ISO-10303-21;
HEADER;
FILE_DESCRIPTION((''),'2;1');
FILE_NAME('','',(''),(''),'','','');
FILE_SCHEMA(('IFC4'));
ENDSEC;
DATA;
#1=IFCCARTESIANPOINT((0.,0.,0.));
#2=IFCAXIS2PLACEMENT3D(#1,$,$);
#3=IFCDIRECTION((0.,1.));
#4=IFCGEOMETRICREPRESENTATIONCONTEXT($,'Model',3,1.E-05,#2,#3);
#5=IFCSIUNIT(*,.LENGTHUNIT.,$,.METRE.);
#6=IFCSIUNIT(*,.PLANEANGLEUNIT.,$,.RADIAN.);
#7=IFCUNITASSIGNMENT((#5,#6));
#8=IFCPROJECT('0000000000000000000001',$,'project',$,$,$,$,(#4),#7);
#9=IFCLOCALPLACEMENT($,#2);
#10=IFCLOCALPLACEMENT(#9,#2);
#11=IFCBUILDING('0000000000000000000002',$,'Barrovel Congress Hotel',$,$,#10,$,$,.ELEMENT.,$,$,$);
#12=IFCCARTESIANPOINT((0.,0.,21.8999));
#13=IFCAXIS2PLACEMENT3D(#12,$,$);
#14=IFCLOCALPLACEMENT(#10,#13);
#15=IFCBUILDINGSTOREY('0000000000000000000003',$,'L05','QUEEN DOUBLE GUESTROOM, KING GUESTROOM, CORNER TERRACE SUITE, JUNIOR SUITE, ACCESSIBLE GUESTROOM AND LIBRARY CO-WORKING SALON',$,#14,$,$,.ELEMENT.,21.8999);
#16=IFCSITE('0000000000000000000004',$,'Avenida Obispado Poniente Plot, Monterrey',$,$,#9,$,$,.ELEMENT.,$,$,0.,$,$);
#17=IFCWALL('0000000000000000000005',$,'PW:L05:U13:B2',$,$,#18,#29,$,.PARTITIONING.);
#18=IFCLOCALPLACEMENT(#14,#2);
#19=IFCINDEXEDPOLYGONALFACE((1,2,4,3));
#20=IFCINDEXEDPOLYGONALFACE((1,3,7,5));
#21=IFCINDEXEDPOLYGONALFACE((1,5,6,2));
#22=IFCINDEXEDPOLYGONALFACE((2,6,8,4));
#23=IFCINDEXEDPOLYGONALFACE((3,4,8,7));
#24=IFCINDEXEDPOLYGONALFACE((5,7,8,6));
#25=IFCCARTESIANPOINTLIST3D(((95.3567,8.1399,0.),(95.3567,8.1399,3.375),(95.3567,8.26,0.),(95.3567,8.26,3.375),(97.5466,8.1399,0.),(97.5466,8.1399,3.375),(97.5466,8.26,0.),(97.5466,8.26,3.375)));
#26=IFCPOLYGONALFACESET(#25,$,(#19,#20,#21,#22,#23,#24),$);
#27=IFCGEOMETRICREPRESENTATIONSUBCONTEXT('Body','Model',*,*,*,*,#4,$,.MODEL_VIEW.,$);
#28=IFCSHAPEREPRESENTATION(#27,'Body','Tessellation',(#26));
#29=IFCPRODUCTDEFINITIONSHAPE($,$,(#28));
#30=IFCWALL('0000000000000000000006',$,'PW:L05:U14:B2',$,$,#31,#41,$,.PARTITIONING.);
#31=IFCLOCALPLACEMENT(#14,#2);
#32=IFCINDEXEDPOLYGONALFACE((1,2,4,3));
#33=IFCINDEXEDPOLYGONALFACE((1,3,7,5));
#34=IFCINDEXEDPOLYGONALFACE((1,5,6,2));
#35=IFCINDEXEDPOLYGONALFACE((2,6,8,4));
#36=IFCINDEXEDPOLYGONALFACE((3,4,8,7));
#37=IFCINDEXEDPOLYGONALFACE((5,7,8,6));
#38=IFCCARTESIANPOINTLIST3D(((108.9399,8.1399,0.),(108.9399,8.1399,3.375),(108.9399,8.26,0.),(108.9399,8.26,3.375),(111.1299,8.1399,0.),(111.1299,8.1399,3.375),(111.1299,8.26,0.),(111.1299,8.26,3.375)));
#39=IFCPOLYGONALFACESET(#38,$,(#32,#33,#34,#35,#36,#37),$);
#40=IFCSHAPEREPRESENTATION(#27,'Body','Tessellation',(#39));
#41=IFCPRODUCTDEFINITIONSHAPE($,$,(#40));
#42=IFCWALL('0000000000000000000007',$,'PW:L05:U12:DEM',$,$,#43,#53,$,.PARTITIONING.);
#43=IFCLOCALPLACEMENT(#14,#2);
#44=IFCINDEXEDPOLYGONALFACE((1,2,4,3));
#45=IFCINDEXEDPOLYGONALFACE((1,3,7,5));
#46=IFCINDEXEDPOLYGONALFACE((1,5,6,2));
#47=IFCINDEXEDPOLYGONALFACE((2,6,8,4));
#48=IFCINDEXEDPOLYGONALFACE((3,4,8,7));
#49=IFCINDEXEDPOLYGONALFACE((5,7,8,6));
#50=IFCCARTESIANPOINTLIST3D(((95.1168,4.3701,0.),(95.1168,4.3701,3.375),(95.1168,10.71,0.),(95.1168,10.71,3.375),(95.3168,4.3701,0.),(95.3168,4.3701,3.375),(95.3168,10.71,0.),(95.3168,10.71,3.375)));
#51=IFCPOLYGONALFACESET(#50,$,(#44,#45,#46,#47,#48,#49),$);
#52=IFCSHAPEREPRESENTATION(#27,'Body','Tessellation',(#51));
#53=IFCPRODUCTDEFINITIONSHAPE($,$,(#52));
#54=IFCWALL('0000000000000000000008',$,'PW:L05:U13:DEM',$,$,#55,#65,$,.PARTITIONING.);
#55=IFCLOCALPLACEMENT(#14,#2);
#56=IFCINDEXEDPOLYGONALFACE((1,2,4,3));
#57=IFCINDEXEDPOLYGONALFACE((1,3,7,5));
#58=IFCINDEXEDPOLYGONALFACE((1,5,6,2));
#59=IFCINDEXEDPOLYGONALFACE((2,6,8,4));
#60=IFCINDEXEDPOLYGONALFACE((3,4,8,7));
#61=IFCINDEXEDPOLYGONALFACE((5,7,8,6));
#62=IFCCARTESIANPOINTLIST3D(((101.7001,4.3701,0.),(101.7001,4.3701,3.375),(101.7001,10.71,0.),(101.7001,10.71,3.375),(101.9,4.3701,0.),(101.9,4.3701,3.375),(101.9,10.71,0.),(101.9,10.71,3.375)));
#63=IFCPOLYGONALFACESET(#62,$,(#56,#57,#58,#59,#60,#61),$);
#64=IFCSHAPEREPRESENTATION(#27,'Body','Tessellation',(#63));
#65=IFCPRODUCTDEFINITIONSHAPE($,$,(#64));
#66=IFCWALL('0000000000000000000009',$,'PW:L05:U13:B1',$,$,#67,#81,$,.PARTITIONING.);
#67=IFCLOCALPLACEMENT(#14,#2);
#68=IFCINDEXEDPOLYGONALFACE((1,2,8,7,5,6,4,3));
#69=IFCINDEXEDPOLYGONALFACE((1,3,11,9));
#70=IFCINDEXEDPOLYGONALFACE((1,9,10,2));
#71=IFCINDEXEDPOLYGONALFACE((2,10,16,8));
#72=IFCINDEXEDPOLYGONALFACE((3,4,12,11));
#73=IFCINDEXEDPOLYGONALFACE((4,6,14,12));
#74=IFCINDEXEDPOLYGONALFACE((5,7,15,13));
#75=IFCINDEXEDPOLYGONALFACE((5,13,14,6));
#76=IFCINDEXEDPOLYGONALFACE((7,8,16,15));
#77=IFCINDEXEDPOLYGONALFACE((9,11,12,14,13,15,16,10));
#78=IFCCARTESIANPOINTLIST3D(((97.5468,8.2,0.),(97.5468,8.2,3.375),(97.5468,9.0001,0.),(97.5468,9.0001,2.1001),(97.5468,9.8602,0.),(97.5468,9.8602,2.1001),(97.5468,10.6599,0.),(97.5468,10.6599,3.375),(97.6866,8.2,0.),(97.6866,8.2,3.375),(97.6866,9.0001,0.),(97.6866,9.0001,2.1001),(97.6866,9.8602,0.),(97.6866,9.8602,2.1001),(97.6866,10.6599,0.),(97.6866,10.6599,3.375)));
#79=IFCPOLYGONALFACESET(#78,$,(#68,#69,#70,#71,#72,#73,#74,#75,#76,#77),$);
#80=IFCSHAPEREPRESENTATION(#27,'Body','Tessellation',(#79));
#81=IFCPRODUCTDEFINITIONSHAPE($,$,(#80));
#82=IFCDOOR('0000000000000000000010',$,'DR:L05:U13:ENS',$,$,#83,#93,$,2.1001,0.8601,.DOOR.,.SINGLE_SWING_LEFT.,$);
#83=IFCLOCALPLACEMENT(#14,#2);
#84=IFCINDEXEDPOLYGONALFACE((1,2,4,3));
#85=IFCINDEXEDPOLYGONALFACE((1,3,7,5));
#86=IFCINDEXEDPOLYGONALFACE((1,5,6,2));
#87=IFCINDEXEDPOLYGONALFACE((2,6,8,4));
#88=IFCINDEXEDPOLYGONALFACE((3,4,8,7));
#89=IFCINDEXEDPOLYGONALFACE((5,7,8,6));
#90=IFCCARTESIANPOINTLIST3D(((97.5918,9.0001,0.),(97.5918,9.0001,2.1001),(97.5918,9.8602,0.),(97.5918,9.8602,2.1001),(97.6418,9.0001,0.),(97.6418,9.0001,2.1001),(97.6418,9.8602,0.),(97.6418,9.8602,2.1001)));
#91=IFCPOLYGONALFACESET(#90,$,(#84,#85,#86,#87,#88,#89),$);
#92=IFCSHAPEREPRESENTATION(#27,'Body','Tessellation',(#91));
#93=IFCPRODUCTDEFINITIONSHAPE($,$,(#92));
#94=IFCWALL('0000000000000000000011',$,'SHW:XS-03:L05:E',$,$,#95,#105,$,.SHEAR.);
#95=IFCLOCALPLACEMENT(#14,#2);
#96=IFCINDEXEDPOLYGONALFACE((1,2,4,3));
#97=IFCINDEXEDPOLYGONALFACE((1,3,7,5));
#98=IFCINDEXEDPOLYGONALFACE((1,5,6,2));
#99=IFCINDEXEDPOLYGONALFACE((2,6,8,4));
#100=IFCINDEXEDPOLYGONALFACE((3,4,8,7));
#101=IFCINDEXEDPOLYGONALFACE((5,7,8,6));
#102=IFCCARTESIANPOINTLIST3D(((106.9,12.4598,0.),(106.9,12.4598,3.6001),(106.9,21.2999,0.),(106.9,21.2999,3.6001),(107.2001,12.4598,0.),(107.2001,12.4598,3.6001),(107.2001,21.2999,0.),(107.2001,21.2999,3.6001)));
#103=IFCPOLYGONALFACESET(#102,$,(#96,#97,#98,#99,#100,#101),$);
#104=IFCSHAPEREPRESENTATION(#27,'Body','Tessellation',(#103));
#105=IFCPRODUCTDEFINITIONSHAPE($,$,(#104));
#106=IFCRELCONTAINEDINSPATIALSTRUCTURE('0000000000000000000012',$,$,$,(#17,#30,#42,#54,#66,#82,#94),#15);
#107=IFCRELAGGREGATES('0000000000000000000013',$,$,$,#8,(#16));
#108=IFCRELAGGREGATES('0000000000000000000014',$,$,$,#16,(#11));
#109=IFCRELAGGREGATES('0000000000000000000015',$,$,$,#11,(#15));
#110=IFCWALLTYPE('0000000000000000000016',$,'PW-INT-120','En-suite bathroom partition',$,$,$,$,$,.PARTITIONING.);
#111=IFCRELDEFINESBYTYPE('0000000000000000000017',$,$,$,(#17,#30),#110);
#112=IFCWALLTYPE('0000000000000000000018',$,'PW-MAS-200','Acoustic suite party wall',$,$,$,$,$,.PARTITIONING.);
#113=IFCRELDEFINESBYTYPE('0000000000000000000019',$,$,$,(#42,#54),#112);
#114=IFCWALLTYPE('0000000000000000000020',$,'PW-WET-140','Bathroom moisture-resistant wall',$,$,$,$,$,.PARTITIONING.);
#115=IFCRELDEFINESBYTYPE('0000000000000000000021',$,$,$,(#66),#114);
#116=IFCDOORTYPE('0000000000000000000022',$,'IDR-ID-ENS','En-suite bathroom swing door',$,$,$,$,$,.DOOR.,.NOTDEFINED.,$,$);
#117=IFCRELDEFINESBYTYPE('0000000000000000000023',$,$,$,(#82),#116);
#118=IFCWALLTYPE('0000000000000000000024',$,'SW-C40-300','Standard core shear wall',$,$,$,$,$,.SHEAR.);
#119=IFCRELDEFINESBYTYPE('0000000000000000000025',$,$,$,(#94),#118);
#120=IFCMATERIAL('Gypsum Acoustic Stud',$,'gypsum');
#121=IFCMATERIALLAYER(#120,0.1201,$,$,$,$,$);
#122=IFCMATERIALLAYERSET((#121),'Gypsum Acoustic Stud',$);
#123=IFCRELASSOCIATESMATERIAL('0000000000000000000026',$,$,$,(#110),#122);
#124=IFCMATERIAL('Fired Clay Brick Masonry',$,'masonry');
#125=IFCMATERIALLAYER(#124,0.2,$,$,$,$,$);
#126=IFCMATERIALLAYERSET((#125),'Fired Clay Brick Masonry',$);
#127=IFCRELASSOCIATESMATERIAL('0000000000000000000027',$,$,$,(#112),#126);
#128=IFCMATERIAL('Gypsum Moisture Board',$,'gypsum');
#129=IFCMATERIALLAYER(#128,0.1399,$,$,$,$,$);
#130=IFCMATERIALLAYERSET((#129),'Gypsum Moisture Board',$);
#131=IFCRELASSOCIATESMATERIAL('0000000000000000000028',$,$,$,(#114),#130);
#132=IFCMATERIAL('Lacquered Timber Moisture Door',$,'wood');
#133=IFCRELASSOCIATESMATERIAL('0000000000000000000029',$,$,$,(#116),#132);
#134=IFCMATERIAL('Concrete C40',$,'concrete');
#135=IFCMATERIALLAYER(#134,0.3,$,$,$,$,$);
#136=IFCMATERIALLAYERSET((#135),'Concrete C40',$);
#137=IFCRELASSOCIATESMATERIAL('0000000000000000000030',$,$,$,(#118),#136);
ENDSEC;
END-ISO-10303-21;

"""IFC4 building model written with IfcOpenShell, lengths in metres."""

from ifc_helpers import new_model, si_unit, direction, frame, frame_2d, origin, place, context, subcontext, project, spatial, rectangle, extrude, material, layer, layer_set, type_object, element, fill, save


model = new_model("IFC4")

# Units and contexts
model_context = context("Model", 3, precision=1e-05, world=origin(), true_north=direction((0.0, 1.0)))
body_context = subcontext(model_context, "Body", "Model", "MODEL_VIEW")
ifc_project = project(units=[si_unit("LENGTHUNIT", "METRE"), si_unit("PLANEANGLEUNIT", "RADIAN")], contexts=[model_context])

# Site, building, storey
site_placement = place(None, origin())
site = spatial("IfcSite", under=ifc_project, at=site_placement, Name="Avenida Obispado Poniente Plot, Monterrey", CompositionType="ELEMENT", RefElevation=0.0)
building_placement = place(site_placement, origin())
building = spatial("IfcBuilding", under=site, at=building_placement, Name="Barrovel Congress Hotel", CompositionType="ELEMENT")
storey_placement = place(building_placement, frame((0.0, 0.0, 21.8999)))
storey = spatial("IfcBuildingStorey", under=building, at=storey_placement, Name="L05", Description="QUEEN DOUBLE GUESTROOM, KING GUESTROOM, CORNER TERRACE SUITE, JUNIOR SUITE, ACCESSIBLE GUESTROOM AND LIBRARY CO-WORKING SALON", CompositionType="ELEMENT", Elevation=21.8999)

# Shared definitions
ifc_material_1 = material(Name="Concrete C40", Category="concrete")

# Shared definitions
ifc_material_2 = material(Name="Gypsum Acoustic Stud", Category="gypsum")

# Walls
ifc_layer_1 = layer(ifc_material_2, 0.1201)
ifc_layer_set_1 = layer_set([ifc_layer_1], Name="Gypsum Acoustic Stud")
wall_type_1 = type_object("IfcWallType", Name="PW-INT-120", Description="En-suite bathroom partition", PredefinedType="PARTITIONING", material=ifc_layer_set_1)
for number, where, z_axis, x_axis, name in (
    (1, (95.3567, 8.2, 0.0), (0.0, 0.0, 1.0), (1.0, 0.0, 0.0), "PW:L05:U13:B2"),
    (2, (108.9399, 8.2, 0.0), (0.0, 0.0, 1.0), (1.0, 0.0, 0.0), "PW:L05:U14:B2"),
):
    element("IfcWall", number, at=place(storey_placement, frame(where, z_axis=z_axis, x_axis=x_axis)), inside=storey, type_object=wall_type_1, Name=name, PredefinedType="PARTITIONING", context=body_context, shape_type="SweptSolid", body=[
        extrude(rectangle(XDim=2.1899, YDim=0.1201, at=frame_2d((1.095, 0.0))), origin(), (0.0, 0.0, 1.0), 3.375),
    ])
ifc_material_3 = material(Name="Fired Clay Brick Masonry", Category="masonry")
ifc_layer_2 = layer(ifc_material_3, 0.2)
ifc_layer_set_2 = layer_set([ifc_layer_2], Name="Fired Clay Brick Masonry")
wall_type_2 = type_object("IfcWallType", Name="PW-MAS-200", Description="Acoustic suite party wall", PredefinedType="PARTITIONING", material=ifc_layer_set_2)
for number, where, z_axis, x_axis, name in (
    (3, (95.2168, 4.3701, 0.0), (0.0, 0.0, 1.0), (0.0, 1.0, 0.0), "PW:L05:U12:DEM"),
    (4, (101.8, 4.3701, 0.0), (0.0, 0.0, 1.0), (0.0, 1.0, 0.0), "PW:L05:U13:DEM"),
):
    element("IfcWall", number, at=place(storey_placement, frame(where, z_axis=z_axis, x_axis=x_axis)), inside=storey, type_object=wall_type_2, Name=name, PredefinedType="PARTITIONING", context=body_context, shape_type="SweptSolid", body=[
        extrude(rectangle(XDim=6.3398, YDim=0.2, at=frame_2d((3.1699, 0.0))), origin(), (0.0, 0.0, 1.0), 3.375),
    ])

# Wall, opening, door
ifc_material_4 = material(Name="Gypsum Moisture Board", Category="gypsum")
ifc_layer_3 = layer(ifc_material_4, 0.1399)
ifc_layer_set_3 = layer_set([ifc_layer_3], Name="Gypsum Moisture Board")
wall_type_3 = type_object("IfcWallType", Name="PW-WET-140", Description="Bathroom moisture-resistant wall", PredefinedType="PARTITIONING", material=ifc_layer_set_3)
wall_1_placement = place(storey_placement, frame((97.6167, 8.2, 0.0), z_axis=(0.0, 0.0, 1.0), x_axis=(0.0, 1.0, 0.0)))
wall_1 = element("IfcWall", 5, at=wall_1_placement, inside=storey, type_object=wall_type_3, Name="PW:L05:U13:B1", PredefinedType="PARTITIONING", context=body_context, shape_type="SweptSolid", body=[
    extrude(rectangle(XDim=2.46, YDim=0.1399, at=frame_2d((1.23, 0.0))), origin(), (0.0, 0.0, 1.0), 3.375),
])
opening_1_placement = place(wall_1_placement, frame((0.8, 0.0, 0.0)))
opening_1 = element("IfcOpeningElement", 6, at=opening_1_placement, cuts=wall_1, PredefinedType="OPENING", context=body_context, shape_type="SweptSolid", body=[
    extrude(rectangle(XDim=0.8601, YDim=2.1001, at=frame_2d((0.4302, 1.05))), frame((0.0, 0.0801, 0.0), z_axis=(0.0, -1.0, 0.0), x_axis=(1.0, 0.0, 0.0)), (0.0, 0.0, 1.0), 0.1599),
])
ifc_material_5 = material(Name="Lacquered Timber Moisture Door", Category="wood")
door_type_1 = type_object("IfcDoorType", Name="IDR-ID-ENS", Description="En-suite bathroom swing door", OperationType="NOTDEFINED", PredefinedType="DOOR", material=ifc_material_5)
door_1_placement = place(opening_1_placement, origin())
door_1 = element("IfcDoor", 7, at=door_1_placement, inside=storey, type_object=door_type_1, Name="DR:L05:U13:ENS", OperationType="SINGLE_SWING_LEFT", OverallHeight=2.1001, OverallWidth=0.8601, PredefinedType="DOOR", context=body_context, shape_type="SweptSolid", body=[
    extrude(rectangle(XDim=0.8601, YDim=2.1001, at=frame_2d((0.4302, 1.05))), frame((0.0, 0.0249, 0.0), z_axis=(0.0, -1.0, 0.0), x_axis=(1.0, 0.0, 0.0)), (0.0, 0.0, 1.0), 0.05),
])
fill(opening_1, door_1)
ifc_layer_4 = layer(ifc_material_1, 0.3)
ifc_layer_set_4 = layer_set([ifc_layer_4], Name="Concrete C40")
wall_type_4 = type_object("IfcWallType", Name="SW-C40-300", Description="Standard core shear wall", PredefinedType="SHEAR", material=ifc_layer_set_4)

# Wall
wall_2_placement = place(storey_placement, frame((107.05, 12.46, 0.0), z_axis=(0.0, 0.0, 1.0), x_axis=(0.0, 1.0, 0.0)))
element("IfcWall", 8, at=wall_2_placement, inside=storey, type_object=wall_type_4, Name="SHW:XS-03:L05:E", PredefinedType="SHEAR", context=body_context, shape_type="SweptSolid", body=[
    extrude(rectangle(XDim=8.8401, YDim=0.3, at=frame_2d((4.4199, 0.0))), origin(), (0.0, 0.0, 1.0), 3.6001),
])

save(model, "model.ifc")
